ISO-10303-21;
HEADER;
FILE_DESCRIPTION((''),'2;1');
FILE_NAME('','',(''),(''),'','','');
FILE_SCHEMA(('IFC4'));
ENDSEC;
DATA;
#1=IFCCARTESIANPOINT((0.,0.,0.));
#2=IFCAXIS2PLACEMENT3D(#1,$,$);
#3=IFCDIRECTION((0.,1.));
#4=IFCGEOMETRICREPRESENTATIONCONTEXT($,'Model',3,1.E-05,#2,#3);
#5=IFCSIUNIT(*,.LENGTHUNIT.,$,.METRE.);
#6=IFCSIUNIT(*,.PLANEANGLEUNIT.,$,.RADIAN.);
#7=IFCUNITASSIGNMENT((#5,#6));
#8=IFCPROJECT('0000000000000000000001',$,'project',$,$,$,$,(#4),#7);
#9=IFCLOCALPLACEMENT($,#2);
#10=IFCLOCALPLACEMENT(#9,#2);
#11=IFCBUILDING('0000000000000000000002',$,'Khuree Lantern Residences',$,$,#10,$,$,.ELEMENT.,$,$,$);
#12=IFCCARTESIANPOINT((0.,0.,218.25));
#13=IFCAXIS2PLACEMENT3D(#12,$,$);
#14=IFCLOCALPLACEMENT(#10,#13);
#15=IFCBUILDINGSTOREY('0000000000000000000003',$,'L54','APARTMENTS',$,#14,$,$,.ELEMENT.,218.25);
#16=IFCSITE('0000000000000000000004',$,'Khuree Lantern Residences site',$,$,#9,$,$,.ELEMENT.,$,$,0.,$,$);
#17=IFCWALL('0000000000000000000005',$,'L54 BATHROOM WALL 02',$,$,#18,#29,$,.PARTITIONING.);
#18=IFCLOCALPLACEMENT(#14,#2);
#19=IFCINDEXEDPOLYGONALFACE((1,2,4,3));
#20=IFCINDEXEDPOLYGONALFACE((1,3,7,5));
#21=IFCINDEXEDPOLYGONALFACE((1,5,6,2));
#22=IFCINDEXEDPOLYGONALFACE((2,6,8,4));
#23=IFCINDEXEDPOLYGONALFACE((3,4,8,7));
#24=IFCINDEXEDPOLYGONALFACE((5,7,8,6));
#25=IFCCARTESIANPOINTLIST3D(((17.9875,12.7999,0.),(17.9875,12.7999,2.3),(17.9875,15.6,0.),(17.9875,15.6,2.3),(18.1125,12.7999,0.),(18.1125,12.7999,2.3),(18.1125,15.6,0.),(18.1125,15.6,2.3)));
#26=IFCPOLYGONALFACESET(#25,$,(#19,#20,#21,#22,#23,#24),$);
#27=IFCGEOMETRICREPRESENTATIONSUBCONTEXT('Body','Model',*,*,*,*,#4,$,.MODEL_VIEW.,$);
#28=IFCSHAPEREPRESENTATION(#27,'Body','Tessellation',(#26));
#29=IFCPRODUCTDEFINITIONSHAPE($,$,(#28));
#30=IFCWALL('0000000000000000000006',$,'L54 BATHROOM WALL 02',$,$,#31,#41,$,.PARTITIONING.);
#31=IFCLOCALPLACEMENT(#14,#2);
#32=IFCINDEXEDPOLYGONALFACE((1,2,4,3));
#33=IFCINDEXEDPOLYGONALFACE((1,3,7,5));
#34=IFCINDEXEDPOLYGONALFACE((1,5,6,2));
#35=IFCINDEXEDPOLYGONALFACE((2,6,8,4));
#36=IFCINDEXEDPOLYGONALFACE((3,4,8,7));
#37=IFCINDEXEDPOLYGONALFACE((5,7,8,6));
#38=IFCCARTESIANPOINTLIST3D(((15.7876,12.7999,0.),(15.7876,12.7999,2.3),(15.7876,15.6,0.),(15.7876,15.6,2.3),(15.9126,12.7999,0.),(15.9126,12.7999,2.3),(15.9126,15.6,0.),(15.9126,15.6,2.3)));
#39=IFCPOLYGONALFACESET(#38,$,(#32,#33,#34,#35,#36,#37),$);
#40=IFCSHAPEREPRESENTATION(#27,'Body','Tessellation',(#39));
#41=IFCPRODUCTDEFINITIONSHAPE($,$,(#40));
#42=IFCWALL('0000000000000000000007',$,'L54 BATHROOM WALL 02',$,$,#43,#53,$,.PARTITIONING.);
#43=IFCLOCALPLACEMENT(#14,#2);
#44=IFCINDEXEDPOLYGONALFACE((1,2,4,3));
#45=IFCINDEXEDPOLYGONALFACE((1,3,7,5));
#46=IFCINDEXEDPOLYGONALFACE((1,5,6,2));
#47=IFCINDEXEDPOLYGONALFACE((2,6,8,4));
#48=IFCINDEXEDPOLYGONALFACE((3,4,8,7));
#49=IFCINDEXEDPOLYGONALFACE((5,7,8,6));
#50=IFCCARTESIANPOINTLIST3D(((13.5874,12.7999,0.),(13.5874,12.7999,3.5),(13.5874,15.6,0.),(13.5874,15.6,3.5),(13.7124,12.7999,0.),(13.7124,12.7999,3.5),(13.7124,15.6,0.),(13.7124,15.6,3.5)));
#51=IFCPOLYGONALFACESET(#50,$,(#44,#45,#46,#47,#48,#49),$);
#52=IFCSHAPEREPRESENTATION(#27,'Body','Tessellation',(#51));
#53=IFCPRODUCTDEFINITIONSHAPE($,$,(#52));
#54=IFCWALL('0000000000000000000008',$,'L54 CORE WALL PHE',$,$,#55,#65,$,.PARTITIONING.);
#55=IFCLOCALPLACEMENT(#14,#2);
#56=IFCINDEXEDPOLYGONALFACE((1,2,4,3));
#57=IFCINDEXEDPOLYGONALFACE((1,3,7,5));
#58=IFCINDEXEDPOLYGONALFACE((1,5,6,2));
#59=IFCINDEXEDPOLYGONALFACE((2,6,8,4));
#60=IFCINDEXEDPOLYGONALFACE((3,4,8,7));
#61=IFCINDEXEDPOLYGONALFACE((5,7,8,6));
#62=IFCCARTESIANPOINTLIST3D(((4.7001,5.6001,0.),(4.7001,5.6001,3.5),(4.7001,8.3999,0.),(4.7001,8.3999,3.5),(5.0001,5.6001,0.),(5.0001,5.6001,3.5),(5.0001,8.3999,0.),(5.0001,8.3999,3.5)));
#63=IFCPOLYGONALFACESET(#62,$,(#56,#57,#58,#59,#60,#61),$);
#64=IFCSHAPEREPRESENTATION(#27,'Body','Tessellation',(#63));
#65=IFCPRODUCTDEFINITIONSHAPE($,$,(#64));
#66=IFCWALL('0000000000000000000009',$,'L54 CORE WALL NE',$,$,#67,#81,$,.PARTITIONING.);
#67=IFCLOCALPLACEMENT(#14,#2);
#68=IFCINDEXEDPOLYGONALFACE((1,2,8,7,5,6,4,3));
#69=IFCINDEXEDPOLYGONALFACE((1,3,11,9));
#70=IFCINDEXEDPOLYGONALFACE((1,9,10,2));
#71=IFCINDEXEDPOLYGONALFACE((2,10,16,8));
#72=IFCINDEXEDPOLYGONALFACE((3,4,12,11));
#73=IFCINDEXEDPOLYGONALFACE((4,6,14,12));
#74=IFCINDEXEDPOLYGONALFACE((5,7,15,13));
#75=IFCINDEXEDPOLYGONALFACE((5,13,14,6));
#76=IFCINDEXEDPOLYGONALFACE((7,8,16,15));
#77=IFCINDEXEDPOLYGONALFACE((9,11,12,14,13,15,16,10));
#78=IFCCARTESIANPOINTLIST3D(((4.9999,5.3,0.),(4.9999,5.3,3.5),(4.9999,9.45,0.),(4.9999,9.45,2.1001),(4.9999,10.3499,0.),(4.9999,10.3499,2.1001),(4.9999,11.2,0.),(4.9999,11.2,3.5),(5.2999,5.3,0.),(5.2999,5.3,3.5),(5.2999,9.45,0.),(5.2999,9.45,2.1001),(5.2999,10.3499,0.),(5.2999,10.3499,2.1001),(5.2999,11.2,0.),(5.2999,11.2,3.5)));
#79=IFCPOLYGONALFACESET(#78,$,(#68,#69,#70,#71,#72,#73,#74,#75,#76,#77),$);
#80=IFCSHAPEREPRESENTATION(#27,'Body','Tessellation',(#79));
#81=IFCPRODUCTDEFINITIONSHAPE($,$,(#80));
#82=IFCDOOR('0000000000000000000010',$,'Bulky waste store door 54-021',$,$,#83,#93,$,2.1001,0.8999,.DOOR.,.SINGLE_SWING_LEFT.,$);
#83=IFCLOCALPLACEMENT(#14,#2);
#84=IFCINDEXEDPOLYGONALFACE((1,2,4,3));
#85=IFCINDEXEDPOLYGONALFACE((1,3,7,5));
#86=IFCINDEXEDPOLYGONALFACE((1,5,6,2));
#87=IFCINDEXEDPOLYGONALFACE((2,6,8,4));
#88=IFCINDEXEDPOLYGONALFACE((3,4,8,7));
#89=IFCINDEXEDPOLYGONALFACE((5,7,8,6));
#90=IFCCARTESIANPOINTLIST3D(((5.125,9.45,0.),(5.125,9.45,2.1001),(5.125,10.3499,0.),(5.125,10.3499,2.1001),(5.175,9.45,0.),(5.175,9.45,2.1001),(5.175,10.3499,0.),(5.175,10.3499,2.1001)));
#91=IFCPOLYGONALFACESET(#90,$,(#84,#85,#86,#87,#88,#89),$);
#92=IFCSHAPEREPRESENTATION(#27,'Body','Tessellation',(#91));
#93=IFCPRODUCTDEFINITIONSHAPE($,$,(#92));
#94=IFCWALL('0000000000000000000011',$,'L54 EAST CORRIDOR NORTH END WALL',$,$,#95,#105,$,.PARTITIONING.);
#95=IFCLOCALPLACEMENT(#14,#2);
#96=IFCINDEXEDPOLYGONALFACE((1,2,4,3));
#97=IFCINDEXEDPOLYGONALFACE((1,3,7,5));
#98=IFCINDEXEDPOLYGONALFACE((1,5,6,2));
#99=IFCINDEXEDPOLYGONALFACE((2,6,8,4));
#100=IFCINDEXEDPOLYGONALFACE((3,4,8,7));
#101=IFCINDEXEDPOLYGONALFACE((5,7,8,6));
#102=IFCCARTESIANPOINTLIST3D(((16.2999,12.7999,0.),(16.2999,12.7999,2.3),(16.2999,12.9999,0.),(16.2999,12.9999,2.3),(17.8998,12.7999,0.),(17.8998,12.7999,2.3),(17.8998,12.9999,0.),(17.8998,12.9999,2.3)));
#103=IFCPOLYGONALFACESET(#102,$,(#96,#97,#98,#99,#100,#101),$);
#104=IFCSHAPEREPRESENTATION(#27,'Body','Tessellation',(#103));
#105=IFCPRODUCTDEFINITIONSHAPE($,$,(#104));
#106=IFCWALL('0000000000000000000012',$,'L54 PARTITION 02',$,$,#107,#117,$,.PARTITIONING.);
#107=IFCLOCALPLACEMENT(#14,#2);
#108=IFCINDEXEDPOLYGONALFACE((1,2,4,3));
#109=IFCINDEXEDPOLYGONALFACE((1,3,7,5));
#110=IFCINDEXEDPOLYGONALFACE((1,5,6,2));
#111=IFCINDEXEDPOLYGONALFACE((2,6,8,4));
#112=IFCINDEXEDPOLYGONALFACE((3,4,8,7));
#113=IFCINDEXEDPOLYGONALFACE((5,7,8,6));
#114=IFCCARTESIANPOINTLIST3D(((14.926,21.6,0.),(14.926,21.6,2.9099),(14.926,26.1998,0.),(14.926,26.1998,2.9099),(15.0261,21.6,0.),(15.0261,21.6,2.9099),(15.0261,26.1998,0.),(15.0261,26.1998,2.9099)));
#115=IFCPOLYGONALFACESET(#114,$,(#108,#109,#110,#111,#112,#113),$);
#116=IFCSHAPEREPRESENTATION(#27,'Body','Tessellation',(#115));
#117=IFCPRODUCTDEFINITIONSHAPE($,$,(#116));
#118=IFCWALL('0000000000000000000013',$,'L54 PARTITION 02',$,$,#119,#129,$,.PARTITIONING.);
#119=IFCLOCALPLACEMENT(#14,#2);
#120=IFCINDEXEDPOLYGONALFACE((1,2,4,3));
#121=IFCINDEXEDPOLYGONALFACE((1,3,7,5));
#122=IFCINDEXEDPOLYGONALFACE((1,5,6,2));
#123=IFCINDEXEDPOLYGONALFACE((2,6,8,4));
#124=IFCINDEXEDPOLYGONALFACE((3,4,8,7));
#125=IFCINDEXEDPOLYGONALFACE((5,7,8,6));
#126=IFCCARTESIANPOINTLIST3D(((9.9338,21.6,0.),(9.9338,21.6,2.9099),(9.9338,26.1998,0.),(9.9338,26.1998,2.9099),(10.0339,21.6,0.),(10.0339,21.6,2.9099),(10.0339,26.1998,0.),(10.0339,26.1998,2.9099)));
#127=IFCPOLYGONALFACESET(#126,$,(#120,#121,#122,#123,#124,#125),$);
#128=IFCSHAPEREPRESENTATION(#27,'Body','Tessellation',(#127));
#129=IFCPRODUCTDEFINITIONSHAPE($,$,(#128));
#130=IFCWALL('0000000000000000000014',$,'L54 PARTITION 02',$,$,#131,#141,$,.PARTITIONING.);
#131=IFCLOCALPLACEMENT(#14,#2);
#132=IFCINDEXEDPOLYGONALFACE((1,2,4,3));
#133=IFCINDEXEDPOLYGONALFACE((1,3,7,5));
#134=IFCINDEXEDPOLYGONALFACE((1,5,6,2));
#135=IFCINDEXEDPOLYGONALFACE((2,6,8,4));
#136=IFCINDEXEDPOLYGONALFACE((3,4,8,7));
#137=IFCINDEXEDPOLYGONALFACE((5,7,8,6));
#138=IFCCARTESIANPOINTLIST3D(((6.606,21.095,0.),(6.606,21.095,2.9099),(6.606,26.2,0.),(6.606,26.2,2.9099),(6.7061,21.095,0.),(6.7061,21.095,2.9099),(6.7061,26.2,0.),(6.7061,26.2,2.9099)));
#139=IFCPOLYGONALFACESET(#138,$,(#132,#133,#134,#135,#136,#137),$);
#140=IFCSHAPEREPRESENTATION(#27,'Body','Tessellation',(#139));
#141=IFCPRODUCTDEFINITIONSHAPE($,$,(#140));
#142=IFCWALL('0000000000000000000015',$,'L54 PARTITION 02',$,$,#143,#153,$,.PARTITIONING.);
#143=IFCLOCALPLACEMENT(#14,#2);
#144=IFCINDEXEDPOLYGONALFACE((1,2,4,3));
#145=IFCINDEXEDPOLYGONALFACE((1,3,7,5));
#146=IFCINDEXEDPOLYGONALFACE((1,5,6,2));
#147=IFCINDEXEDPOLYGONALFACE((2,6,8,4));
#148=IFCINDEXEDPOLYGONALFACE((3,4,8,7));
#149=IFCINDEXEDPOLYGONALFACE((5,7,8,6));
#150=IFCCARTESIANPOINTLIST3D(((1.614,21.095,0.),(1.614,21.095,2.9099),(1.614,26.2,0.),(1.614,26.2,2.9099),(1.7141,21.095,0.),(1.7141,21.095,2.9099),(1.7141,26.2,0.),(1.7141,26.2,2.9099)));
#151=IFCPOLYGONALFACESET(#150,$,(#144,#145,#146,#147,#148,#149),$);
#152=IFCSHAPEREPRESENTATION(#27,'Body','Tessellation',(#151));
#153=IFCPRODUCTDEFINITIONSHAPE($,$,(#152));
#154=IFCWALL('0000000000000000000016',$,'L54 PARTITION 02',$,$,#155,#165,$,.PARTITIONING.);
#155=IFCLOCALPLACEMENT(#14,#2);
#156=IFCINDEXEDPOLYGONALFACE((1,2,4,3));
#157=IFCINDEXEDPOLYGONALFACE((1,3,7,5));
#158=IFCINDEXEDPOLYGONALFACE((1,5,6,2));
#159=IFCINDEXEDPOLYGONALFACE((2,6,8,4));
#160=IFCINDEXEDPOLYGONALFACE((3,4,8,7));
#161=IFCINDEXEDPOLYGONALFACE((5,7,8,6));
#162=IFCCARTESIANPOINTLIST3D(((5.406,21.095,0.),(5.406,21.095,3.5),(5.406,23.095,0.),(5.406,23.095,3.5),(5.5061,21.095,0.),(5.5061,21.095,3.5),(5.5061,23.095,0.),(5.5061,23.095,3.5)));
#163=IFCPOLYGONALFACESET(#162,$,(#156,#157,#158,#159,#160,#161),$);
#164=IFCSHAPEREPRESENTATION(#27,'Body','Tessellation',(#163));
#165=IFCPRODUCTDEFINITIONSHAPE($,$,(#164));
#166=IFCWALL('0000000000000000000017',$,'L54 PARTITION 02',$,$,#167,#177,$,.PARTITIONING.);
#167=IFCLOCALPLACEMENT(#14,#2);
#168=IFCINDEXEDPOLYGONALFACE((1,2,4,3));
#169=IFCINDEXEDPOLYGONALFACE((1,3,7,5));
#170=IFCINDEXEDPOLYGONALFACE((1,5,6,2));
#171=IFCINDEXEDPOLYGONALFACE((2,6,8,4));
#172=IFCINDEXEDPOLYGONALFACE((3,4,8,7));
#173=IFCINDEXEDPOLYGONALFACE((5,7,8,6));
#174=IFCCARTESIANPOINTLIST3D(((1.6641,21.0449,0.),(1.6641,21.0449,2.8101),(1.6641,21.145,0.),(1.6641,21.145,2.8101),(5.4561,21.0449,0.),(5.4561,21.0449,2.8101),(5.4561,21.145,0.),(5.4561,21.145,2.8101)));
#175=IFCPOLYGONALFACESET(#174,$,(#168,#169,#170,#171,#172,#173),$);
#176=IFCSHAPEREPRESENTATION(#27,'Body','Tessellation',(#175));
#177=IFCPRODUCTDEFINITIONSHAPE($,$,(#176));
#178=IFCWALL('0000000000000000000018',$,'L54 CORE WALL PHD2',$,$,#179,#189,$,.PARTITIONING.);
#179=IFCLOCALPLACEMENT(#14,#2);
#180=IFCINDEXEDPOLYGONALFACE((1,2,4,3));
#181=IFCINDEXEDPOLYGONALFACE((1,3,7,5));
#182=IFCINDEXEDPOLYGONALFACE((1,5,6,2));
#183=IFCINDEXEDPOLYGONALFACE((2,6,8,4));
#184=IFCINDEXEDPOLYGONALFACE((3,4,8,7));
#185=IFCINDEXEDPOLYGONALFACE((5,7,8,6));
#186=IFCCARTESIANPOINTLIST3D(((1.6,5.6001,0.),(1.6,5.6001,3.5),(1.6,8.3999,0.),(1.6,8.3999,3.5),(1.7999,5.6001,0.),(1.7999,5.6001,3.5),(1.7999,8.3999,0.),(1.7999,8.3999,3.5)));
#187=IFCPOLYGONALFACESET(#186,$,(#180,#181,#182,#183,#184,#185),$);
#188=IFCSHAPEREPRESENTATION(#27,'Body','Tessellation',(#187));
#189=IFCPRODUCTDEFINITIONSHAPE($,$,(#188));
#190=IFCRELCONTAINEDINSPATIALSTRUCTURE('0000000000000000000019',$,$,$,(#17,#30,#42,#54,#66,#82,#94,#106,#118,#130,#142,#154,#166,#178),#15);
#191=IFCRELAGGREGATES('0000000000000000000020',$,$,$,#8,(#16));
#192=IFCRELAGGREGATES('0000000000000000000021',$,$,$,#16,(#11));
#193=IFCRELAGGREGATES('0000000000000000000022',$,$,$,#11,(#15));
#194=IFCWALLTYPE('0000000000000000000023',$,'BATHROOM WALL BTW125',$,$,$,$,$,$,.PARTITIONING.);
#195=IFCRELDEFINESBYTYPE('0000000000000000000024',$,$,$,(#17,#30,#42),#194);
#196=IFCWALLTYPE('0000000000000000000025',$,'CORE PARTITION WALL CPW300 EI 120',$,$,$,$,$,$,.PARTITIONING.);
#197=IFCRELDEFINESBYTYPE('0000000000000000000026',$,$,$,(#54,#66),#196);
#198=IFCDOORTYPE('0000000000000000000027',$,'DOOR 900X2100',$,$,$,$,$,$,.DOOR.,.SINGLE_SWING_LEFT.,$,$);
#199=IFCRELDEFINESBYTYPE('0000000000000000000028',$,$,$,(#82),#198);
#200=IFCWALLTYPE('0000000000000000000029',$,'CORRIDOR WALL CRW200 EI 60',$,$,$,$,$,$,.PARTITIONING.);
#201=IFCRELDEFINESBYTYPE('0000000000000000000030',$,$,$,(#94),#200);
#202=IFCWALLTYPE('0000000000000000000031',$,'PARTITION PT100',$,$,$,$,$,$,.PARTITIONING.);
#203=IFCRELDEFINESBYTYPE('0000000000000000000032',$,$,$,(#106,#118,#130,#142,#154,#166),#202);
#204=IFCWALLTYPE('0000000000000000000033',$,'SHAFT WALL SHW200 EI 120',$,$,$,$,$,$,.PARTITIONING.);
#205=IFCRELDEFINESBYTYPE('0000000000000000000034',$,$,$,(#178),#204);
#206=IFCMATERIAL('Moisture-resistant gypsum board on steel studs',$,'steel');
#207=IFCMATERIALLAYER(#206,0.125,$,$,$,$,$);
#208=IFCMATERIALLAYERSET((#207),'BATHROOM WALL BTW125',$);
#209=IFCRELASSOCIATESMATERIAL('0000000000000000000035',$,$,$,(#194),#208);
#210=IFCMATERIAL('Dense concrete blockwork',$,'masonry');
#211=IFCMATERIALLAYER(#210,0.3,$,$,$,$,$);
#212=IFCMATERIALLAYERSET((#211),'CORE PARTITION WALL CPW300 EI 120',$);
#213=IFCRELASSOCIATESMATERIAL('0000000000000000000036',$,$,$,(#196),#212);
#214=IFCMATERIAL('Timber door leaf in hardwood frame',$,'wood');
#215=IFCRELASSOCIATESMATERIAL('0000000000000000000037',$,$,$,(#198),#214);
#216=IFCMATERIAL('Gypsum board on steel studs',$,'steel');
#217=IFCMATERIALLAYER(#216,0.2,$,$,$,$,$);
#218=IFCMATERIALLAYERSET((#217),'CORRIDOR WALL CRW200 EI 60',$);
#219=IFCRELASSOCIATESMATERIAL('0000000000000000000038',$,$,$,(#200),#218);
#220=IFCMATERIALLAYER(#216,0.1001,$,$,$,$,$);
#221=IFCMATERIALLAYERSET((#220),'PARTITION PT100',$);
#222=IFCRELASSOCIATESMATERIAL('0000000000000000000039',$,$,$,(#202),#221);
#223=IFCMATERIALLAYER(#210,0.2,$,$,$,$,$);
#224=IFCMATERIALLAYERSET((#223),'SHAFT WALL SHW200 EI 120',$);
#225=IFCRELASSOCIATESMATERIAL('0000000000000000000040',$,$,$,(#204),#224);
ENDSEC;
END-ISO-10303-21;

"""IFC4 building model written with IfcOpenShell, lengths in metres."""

from ifc_helpers import new_model, si_unit, direction, frame, frame_2d, origin, place, context, subcontext, project, spatial, rectangle, extrude, material, layer, layer_set, type_object, element, fill, save


model = new_model("IFC4")

# Units and contexts
model_context = context("Model", 3, precision=1e-05, world=origin(), true_north=direction((0.0, 1.0)))
body_context = subcontext(model_context, "Body", "Model", "MODEL_VIEW")
ifc_project = project(units=[si_unit("LENGTHUNIT", "METRE"), si_unit("PLANEANGLEUNIT", "RADIAN")], contexts=[model_context])

# Site, building, storey
site_placement = place(None, origin())
site = spatial("IfcSite", under=ifc_project, at=site_placement, Name="Khuree Lantern Residences site", CompositionType="ELEMENT", RefElevation=0.0)
building_placement = place(site_placement, origin())
building = spatial("IfcBuilding", under=site, at=building_placement, Name="Khuree Lantern Residences", CompositionType="ELEMENT")
storey_placement = place(building_placement, frame((0.0, 0.0, 218.25)))
storey = spatial("IfcBuildingStorey", under=building, at=storey_placement, Name="L54", Description="APARTMENTS", CompositionType="ELEMENT", Elevation=218.25)

# Shared definitions
ifc_material_1 = material(Name="Moisture-resistant gypsum board on steel studs", Category="steel")
ifc_layer_1 = layer(ifc_material_1, 0.125)
ifc_layer_set_1 = layer_set([ifc_layer_1], Name="BATHROOM WALL BTW125")
wall_type_1 = type_object("IfcWallType", Name="BATHROOM WALL BTW125", PredefinedType="PARTITIONING", material=ifc_layer_set_1)
ifc_material_2 = material(Name="Timber door leaf in hardwood frame", Category="wood")

# Walls
for number, where, z_axis, x_axis, name in (
    (1, (18.05, 12.8, 0.0), (0.0, 0.0, 1.0), (0.0, 1.0, 0.0), "L54 BATHROOM WALL 02"),
    (2, (15.8501, 12.8, 0.0), (0.0, 0.0, 1.0), (0.0, 1.0, 0.0), "L54 BATHROOM WALL 02"),
):
    element("IfcWall", number, at=place(storey_placement, frame(where, z_axis=z_axis, x_axis=x_axis)), inside=storey, type_object=wall_type_1, Name=name, PredefinedType="PARTITIONING", context=body_context, shape_type="SweptSolid", body=[
        extrude(rectangle(XDim=2.8, YDim=0.125, at=frame_2d((1.3999, 0.0))), origin(), (0.0, 0.0, 1.0), 2.3),
    ])
wall_1_placement = place(storey_placement, frame((13.6499, 12.8, 0.0), z_axis=(0.0, 0.0, 1.0), x_axis=(0.0, 1.0, 0.0)))
element("IfcWall", 3, at=wall_1_placement, inside=storey, type_object=wall_type_1, Name="L54 BATHROOM WALL 02", PredefinedType="PARTITIONING", context=body_context, shape_type="SweptSolid", body=[
    extrude(rectangle(XDim=2.8, YDim=0.125, at=frame_2d((1.3999, 0.0))), origin(), (0.0, 0.0, 1.0), 3.5),
])
ifc_material_3 = material(Name="Dense concrete blockwork", Category="masonry")
ifc_layer_2 = layer(ifc_material_3, 0.3)
ifc_layer_set_2 = layer_set([ifc_layer_2], Name="CORE PARTITION WALL CPW300 EI 120")
wall_type_2 = type_object("IfcWallType", Name="CORE PARTITION WALL CPW300 EI 120", PredefinedType="PARTITIONING", material=ifc_layer_set_2)
wall_2_placement = place(storey_placement, frame((4.8501, 5.6001, 0.0), z_axis=(0.0, 0.0, 1.0), x_axis=(0.0, 1.0, 0.0)))
element("IfcWall", 4, at=wall_2_placement, inside=storey, type_object=wall_type_2, Name="L54 CORE WALL PHE", PredefinedType="PARTITIONING", context=body_context, shape_type="SweptSolid", body=[
    extrude(rectangle(XDim=2.7998, YDim=0.3, at=frame_2d((1.3999, 0.0))), origin(), (0.0, 0.0, 1.0), 3.5),
])

# Wall, opening, door
wall_3_placement = place(storey_placement, frame((5.1499, 5.3, 0.0), z_axis=(0.0, 0.0, 1.0), x_axis=(0.0, 1.0, 0.0)))
wall_3 = element("IfcWall", 5, at=wall_3_placement, inside=storey, type_object=wall_type_2, Name="L54 CORE WALL NE", PredefinedType="PARTITIONING", context=body_context, shape_type="SweptSolid", body=[
    extrude(rectangle(XDim=5.8999, YDim=0.3, at=frame_2d((2.95, 0.0))), origin(), (0.0, 0.0, 1.0), 3.5),
])
opening_1_placement = place(wall_3_placement, frame((4.1499, 0.0, 0.0)))
opening_1 = element("IfcOpeningElement", 6, at=opening_1_placement, cuts=wall_3, PredefinedType="OPENING", context=body_context, shape_type="SweptSolid", body=[
    extrude(rectangle(XDim=0.8999, YDim=2.1001, at=frame_2d((0.45, 1.05))), frame((0.0, 0.1602, 0.0), z_axis=(0.0, -1.0, 0.0), x_axis=(1.0, 0.0, 0.0)), (0.0, 0.0, 1.0), 0.3201),
])
door_type_1 = type_object("IfcDoorType", Name="DOOR 900X2100", OperationType="SINGLE_SWING_LEFT", PredefinedType="DOOR", material=ifc_material_2)
door_1_placement = place(opening_1_placement, origin())
door_1 = element("IfcDoor", 7, at=door_1_placement, inside=storey, type_object=door_type_1, Name="Bulky waste store door 54-021", OperationType="SINGLE_SWING_LEFT", OverallHeight=2.1001, OverallWidth=0.8999, PredefinedType="DOOR", context=body_context, shape_type="SweptSolid", body=[
    extrude(rectangle(XDim=0.8999, YDim=2.1001, at=frame_2d((0.45, 1.05))), frame((0.0, 0.0249, 0.0), z_axis=(0.0, -1.0, 0.0), x_axis=(1.0, 0.0, 0.0)), (0.0, 0.0, 1.0), 0.05),
])
fill(opening_1, door_1)

# Walls
ifc_material_4 = material(Name="Gypsum board on steel studs", Category="steel")
ifc_layer_3 = layer(ifc_material_4, 0.2)
ifc_layer_set_3 = layer_set([ifc_layer_3], Name="CORRIDOR WALL CRW200 EI 60")
wall_type_3 = type_object("IfcWallType", Name="CORRIDOR WALL CRW200 EI 60", PredefinedType="PARTITIONING", material=ifc_layer_set_3)
wall_4_placement = place(storey_placement, frame((16.3, 12.8999, 0.0), z_axis=(0.0, 0.0, 1.0), x_axis=(1.0, 0.0, 0.0)))
element("IfcWall", 8, at=wall_4_placement, inside=storey, type_object=wall_type_3, Name="L54 EAST CORRIDOR NORTH END WALL", PredefinedType="PARTITIONING", context=body_context, shape_type="SweptSolid", body=[
    extrude(rectangle(XDim=1.5999, YDim=0.2, at=frame_2d((0.7998, 0.0))), origin(), (0.0, 0.0, 1.0), 2.3),
])
ifc_layer_4 = layer(ifc_material_4, 0.1001)
ifc_layer_set_4 = layer_set([ifc_layer_4], Name="PARTITION PT100")
wall_type_4 = type_object("IfcWallType", Name="PARTITION PT100", PredefinedType="PARTITIONING", material=ifc_layer_set_4)
for number, where, z_axis, x_axis, name in (
    (9, (14.9761, 21.6001, 0.0), (0.0, 0.0, 1.0), (0.0, 1.0, 0.0), "L54 PARTITION 02"),
    (10, (9.9839, 21.6001, 0.0), (0.0, 0.0, 1.0), (0.0, 1.0, 0.0), "L54 PARTITION 02"),
):
    element("IfcWall", number, at=place(storey_placement, frame(where, z_axis=z_axis, x_axis=x_axis)), inside=storey, type_object=wall_type_4, Name=name, PredefinedType="PARTITIONING", context=body_context, shape_type="SweptSolid", body=[
        extrude(rectangle(XDim=4.5999, YDim=0.1001, at=frame_2d((2.2998, 0.0))), origin(), (0.0, 0.0, 1.0), 2.9099),
    ])
for number, where, z_axis, x_axis, name in (
    (11, (6.656, 21.095, 0.0), (0.0, 0.0, 1.0), (0.0, 1.0, 0.0), "L54 PARTITION 02"),
    (12, (1.6641, 21.095, 0.0), (0.0, 0.0, 1.0), (0.0, 1.0, 0.0), "L54 PARTITION 02"),
):
    element("IfcWall", number, at=place(storey_placement, frame(where, z_axis=z_axis, x_axis=x_axis)), inside=storey, type_object=wall_type_4, Name=name, PredefinedType="PARTITIONING", context=body_context, shape_type="SweptSolid", body=[
        extrude(rectangle(XDim=5.105, YDim=0.1001, at=frame_2d((2.5525, 0.0))), origin(), (0.0, 0.0, 1.0), 2.9099),
    ])
wall_5_placement = place(storey_placement, frame((5.4561, 21.095, 0.0), z_axis=(0.0, 0.0, 1.0), x_axis=(0.0, 1.0, 0.0)))
element("IfcWall", 13, at=wall_5_placement, inside=storey, type_object=wall_type_4, Name="L54 PARTITION 02", PredefinedType="PARTITIONING", context=body_context, shape_type="SweptSolid", body=[
    extrude(rectangle(XDim=2.0, YDim=0.1001, at=frame_2d((1.0, 0.0))), origin(), (0.0, 0.0, 1.0), 3.5),
])
wall_6_placement = place(storey_placement, frame((5.4561, 21.095, 0.0), z_axis=(0.0, 0.0, 1.0), x_axis=(-1.0, 0.0, 0.0)))
element("IfcWall", 14, at=wall_6_placement, inside=storey, type_object=wall_type_4, Name="L54 PARTITION 02", PredefinedType="PARTITIONING", context=body_context, shape_type="SweptSolid", body=[
    extrude(rectangle(XDim=3.792, YDim=0.1001, at=frame_2d((1.896, 0.0))), origin(), (0.0, 0.0, 1.0), 2.8101),
])
ifc_layer_5 = layer(ifc_material_3, 0.2)
ifc_layer_set_5 = layer_set([ifc_layer_5], Name="SHAFT WALL SHW200 EI 120")
wall_type_5 = type_object("IfcWallType", Name="SHAFT WALL SHW200 EI 120", PredefinedType="PARTITIONING", material=ifc_layer_set_5)
wall_7_placement = place(storey_placement, frame((1.7, 5.6001, 0.0), z_axis=(0.0, 0.0, 1.0), x_axis=(0.0, 1.0, 0.0)))
element("IfcWall", 15, at=wall_7_placement, inside=storey, type_object=wall_type_5, Name="L54 CORE WALL PHD2", PredefinedType="PARTITIONING", context=body_context, shape_type="SweptSolid", body=[
    extrude(rectangle(XDim=2.7998, YDim=0.2, at=frame_2d((1.3999, 0.0))), origin(), (0.0, 0.0, 1.0), 3.5),
])

save(model, "model.ifc")
